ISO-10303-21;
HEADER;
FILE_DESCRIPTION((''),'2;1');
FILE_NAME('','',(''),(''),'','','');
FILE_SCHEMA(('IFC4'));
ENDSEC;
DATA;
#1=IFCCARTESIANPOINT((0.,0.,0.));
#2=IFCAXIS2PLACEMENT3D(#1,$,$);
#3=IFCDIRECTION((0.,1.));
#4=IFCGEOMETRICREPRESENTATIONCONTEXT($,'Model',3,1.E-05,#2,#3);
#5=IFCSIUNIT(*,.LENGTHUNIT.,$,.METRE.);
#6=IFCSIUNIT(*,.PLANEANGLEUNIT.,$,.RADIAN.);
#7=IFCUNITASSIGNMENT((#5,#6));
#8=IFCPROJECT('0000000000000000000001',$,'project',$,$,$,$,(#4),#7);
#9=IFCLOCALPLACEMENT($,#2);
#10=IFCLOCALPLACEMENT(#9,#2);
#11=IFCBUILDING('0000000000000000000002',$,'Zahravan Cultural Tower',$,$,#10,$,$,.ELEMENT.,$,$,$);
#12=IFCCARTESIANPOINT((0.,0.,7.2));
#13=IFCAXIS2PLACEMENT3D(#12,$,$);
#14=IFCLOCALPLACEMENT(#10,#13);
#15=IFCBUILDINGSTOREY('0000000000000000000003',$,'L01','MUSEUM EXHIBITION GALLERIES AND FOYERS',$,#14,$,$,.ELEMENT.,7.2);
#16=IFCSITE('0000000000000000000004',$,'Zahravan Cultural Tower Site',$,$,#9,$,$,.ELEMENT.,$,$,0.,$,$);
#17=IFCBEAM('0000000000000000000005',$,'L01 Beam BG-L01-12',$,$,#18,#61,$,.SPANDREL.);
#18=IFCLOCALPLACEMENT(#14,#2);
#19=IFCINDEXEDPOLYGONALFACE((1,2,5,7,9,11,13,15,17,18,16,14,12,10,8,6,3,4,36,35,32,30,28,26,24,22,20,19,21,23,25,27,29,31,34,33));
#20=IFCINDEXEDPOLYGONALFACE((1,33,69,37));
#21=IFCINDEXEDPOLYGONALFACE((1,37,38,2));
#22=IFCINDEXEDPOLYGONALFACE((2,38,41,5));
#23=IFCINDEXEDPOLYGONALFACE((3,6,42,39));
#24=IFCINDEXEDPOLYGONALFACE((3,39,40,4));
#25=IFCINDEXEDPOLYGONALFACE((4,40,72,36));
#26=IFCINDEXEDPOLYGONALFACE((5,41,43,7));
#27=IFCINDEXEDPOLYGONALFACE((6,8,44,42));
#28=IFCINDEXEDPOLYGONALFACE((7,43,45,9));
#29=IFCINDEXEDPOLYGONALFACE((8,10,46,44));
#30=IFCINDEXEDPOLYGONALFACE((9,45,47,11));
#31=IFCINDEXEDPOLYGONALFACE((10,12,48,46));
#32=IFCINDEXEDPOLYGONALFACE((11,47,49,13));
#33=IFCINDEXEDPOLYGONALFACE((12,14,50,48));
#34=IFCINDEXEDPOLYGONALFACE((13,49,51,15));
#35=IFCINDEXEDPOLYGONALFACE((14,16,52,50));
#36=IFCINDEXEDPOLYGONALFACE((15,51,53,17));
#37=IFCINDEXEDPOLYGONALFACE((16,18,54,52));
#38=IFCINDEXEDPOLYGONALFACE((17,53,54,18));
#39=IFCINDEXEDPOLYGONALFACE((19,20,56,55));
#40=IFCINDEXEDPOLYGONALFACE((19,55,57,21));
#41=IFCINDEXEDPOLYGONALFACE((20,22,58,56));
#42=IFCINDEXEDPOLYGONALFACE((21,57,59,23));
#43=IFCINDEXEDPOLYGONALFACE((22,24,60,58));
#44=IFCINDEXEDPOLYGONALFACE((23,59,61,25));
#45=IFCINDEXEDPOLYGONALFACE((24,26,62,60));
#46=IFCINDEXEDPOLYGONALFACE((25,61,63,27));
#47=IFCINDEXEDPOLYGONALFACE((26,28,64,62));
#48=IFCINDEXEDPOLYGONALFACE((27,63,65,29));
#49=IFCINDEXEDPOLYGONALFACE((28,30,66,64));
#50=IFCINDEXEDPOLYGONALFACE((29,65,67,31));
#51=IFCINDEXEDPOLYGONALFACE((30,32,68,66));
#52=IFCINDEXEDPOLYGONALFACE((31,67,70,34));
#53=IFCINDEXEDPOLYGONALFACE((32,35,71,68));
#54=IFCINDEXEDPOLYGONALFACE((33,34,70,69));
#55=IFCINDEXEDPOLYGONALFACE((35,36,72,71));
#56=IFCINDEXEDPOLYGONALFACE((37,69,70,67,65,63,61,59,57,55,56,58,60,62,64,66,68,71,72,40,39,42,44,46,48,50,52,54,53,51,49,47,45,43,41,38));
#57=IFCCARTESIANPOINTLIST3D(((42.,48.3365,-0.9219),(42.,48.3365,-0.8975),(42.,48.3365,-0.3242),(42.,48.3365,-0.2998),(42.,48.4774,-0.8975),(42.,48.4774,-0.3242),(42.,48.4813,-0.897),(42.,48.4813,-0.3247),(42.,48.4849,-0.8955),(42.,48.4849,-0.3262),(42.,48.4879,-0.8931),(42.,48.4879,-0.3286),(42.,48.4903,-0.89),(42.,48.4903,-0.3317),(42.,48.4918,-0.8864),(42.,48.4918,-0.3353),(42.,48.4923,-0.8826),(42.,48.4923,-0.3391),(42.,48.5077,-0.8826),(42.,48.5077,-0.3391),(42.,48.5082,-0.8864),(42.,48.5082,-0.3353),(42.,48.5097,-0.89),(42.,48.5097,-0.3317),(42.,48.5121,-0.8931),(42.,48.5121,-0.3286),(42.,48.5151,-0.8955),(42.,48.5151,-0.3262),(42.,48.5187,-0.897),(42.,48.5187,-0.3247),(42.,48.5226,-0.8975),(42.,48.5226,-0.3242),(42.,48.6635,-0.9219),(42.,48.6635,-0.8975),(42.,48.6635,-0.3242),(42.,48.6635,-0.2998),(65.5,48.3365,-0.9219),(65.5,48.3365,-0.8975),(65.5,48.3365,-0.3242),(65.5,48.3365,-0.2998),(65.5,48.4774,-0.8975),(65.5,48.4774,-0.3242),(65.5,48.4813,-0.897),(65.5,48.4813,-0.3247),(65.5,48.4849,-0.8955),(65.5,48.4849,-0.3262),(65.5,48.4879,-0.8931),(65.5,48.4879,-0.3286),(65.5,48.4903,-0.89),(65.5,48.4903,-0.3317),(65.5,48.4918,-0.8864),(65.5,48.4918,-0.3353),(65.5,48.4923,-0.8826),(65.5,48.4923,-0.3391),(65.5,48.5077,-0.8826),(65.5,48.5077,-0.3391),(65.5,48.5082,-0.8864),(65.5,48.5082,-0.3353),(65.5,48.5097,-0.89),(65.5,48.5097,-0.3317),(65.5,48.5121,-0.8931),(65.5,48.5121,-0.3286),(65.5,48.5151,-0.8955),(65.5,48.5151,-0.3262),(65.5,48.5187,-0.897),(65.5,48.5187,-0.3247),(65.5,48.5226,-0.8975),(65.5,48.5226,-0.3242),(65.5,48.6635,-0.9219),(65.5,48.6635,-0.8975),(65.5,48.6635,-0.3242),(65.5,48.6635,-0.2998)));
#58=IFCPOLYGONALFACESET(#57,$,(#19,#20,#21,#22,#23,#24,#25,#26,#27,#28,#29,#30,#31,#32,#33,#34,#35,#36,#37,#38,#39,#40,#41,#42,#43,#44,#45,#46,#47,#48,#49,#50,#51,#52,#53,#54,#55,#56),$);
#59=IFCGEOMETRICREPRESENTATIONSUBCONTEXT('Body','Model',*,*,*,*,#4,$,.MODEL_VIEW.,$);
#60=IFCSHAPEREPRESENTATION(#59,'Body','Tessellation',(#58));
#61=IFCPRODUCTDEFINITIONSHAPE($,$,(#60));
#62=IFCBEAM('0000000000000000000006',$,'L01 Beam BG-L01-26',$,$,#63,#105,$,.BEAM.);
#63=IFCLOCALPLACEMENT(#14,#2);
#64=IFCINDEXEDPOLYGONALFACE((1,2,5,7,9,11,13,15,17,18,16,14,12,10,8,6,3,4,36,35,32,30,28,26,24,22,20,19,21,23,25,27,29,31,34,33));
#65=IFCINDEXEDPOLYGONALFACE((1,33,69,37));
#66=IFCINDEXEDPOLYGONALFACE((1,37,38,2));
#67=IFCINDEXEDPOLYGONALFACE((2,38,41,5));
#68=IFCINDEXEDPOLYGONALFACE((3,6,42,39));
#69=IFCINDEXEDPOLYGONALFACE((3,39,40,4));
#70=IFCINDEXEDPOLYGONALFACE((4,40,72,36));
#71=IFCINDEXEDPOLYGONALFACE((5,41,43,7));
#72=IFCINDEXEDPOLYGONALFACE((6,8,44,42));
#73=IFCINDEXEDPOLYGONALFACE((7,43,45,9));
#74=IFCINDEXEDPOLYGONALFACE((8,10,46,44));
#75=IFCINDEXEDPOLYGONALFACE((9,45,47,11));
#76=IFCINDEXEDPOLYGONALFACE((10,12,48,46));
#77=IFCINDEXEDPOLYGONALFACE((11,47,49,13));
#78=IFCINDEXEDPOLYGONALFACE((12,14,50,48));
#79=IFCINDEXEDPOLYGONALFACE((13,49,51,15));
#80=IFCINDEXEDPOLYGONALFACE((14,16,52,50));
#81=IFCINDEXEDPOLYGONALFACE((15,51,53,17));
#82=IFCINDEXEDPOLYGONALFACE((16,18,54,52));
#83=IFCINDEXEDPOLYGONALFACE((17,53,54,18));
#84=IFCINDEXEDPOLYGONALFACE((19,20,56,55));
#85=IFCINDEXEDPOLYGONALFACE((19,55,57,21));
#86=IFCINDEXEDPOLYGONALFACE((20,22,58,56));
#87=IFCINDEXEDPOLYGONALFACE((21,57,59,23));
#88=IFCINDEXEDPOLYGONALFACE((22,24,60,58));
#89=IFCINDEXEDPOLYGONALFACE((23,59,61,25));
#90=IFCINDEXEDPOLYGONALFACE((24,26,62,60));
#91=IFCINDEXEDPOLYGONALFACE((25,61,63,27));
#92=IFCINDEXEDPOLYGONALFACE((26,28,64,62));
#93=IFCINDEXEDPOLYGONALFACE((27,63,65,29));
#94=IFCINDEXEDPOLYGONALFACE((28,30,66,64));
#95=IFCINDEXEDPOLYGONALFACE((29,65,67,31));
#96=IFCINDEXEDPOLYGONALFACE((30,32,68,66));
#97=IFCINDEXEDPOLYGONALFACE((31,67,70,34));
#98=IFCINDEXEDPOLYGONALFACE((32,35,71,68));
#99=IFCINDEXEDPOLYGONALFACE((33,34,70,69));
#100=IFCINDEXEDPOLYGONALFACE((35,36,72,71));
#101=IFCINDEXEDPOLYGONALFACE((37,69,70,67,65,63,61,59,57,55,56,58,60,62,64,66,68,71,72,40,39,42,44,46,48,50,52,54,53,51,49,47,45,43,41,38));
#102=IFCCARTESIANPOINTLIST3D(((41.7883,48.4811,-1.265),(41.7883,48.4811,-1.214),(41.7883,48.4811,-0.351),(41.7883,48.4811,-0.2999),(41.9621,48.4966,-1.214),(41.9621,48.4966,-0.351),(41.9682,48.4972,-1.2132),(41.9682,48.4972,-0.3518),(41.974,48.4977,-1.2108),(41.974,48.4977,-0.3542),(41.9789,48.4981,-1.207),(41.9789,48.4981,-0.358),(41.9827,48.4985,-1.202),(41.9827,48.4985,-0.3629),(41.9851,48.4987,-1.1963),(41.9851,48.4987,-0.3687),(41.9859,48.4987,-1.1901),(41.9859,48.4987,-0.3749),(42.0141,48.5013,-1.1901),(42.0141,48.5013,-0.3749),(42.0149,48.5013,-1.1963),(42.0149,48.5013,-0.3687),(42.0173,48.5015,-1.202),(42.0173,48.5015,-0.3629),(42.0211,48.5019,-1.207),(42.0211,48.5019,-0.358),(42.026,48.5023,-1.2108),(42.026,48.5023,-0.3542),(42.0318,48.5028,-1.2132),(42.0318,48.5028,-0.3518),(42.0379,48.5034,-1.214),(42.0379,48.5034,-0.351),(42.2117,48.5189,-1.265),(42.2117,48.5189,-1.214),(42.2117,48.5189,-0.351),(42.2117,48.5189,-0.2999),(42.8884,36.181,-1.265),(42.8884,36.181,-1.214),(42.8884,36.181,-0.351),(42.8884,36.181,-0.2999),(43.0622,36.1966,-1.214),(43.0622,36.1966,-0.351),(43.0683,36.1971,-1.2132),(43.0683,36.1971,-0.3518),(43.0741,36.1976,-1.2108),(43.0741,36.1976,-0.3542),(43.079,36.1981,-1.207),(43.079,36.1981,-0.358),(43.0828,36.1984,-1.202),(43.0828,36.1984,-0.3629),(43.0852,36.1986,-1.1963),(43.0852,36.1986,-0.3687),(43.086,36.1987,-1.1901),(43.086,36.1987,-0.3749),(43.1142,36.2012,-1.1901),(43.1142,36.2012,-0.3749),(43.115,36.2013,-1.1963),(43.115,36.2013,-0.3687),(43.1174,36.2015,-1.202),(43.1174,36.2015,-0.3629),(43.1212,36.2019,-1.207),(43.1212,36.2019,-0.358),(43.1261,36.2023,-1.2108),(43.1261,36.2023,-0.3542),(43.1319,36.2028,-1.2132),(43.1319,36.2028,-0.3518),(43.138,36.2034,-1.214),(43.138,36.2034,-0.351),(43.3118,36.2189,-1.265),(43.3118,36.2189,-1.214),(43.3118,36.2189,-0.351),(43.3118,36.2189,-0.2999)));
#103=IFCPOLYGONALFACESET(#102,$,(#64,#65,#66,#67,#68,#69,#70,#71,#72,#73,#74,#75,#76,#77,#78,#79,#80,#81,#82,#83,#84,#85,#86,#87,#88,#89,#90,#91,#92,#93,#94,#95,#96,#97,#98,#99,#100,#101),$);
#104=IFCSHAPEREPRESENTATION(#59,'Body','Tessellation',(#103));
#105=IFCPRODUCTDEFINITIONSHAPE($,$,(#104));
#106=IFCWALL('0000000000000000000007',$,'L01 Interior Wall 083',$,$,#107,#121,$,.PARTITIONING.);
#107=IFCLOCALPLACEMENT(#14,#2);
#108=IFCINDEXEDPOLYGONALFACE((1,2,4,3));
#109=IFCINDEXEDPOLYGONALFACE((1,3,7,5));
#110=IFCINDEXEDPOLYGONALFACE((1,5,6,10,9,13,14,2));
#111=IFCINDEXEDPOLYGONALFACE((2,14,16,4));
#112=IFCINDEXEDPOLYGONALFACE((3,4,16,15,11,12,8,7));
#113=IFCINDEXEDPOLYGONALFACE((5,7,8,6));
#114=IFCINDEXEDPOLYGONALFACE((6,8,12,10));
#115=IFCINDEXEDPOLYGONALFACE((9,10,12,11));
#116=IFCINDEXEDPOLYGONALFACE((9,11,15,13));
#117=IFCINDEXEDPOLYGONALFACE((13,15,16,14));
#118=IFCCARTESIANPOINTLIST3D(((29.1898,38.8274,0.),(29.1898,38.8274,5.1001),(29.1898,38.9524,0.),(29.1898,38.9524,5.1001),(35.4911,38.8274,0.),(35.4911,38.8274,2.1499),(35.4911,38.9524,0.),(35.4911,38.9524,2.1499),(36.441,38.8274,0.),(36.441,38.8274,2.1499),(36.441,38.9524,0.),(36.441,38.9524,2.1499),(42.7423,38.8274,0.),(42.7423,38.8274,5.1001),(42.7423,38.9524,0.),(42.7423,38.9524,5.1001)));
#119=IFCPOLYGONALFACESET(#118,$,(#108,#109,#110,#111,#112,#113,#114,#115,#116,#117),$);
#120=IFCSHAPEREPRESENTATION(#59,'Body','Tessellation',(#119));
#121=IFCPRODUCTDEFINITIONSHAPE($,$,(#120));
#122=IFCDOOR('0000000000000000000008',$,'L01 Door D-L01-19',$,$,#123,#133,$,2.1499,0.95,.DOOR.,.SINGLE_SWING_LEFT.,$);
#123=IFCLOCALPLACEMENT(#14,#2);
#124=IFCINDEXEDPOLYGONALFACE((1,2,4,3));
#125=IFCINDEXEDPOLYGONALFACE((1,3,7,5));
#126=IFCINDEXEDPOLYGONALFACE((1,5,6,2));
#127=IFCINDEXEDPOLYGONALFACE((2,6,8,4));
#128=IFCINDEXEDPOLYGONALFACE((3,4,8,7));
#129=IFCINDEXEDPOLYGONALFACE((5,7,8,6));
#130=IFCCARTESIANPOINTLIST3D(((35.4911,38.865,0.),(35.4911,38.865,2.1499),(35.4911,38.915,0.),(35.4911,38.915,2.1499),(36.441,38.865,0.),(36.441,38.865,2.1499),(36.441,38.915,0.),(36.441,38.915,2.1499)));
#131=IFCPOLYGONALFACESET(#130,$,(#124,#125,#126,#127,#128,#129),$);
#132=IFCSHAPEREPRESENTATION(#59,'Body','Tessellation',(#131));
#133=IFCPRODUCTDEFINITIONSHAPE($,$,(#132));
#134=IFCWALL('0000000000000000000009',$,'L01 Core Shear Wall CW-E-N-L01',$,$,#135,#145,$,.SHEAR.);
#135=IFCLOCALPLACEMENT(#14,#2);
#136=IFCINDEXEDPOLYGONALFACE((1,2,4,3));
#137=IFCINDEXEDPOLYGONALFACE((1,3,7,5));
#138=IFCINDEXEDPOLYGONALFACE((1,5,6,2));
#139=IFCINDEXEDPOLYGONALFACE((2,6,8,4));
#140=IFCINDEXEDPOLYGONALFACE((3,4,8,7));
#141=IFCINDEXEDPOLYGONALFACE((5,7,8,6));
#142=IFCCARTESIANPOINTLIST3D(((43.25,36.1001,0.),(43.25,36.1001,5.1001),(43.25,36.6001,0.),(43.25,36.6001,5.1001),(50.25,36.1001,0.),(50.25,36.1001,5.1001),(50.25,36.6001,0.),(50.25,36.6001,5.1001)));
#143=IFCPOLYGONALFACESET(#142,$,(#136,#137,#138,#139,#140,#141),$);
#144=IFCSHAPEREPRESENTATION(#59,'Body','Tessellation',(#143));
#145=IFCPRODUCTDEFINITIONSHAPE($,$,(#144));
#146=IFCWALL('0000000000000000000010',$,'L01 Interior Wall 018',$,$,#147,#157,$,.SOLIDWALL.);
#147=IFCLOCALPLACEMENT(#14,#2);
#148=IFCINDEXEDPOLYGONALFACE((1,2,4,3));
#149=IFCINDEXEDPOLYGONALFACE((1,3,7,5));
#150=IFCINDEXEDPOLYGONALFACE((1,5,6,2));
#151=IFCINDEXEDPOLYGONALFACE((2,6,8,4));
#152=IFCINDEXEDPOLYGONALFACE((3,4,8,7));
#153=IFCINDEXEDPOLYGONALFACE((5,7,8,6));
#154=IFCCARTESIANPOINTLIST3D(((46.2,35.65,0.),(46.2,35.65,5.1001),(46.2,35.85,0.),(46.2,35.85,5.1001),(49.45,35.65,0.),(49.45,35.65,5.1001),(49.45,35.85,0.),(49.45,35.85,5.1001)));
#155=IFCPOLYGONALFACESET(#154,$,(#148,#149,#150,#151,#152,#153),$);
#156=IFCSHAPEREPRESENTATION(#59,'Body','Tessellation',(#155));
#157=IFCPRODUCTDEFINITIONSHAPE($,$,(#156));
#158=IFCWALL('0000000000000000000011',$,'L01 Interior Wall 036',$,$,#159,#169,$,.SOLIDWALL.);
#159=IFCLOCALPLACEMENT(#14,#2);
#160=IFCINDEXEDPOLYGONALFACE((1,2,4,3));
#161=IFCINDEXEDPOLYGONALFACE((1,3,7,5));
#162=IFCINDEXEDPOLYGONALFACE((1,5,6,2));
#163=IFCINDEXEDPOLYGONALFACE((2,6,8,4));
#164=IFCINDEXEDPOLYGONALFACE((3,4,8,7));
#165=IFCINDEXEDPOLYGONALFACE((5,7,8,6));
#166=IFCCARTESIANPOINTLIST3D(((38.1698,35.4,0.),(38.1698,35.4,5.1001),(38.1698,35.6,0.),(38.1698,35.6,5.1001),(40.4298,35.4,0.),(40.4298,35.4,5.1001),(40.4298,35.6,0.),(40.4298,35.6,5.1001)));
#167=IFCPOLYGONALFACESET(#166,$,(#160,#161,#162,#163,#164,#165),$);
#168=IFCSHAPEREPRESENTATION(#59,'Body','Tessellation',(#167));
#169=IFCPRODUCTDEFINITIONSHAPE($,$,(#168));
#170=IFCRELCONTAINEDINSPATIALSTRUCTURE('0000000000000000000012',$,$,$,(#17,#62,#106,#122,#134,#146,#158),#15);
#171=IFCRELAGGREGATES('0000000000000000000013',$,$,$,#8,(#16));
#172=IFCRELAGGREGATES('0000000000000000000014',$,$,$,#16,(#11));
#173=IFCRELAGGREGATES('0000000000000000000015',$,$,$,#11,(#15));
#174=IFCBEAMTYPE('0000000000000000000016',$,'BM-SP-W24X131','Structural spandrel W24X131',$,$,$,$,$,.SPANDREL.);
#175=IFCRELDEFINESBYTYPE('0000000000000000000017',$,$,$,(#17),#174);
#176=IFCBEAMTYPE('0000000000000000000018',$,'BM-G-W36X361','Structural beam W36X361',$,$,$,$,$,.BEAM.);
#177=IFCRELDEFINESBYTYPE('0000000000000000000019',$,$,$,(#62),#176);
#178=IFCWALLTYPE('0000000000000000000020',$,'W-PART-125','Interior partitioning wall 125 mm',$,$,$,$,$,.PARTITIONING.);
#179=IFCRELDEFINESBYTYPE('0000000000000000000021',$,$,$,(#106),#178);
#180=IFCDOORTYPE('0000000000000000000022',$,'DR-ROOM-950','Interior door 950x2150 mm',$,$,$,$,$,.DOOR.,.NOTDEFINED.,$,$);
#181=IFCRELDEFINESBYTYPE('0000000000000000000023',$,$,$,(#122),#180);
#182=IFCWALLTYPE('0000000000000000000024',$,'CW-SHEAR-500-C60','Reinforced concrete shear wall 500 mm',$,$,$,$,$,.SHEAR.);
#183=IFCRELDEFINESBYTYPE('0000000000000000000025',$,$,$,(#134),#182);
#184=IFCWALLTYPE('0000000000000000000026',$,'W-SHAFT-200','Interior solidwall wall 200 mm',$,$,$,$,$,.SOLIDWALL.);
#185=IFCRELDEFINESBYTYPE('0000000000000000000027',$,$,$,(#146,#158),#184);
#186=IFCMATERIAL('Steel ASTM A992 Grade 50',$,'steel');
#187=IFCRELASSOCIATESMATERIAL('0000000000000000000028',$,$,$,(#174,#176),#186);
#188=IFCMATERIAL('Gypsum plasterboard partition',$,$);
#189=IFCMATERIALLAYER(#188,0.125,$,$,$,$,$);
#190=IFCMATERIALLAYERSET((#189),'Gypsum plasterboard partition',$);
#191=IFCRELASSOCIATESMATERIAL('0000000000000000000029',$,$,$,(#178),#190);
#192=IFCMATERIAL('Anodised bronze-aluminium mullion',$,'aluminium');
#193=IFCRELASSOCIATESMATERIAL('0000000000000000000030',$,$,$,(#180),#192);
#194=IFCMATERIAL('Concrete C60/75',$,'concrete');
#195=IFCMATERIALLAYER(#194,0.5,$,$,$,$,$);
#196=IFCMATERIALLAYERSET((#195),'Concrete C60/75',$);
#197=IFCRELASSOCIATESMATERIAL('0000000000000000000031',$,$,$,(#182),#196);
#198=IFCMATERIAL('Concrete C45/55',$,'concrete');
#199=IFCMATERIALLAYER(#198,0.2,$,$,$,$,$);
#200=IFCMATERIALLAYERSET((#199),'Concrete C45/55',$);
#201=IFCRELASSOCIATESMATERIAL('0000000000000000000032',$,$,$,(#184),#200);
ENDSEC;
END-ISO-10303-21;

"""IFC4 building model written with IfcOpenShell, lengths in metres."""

from ifc_helpers import new_model, si_unit, direction, frame, frame_2d, origin, origin_2d, place, context, subcontext, project, spatial, rectangle, i_section, extrude, source, transform, mapped, material, layer, layer_set, material_profile, profile_set, type_object, element, fill, save


model = new_model("IFC4")

# Units and contexts
model_context = context("Model", 3, precision=1e-05, world=origin(), true_north=direction((0.0, 1.0)))
body_context = subcontext(model_context, "Body", "Model", "MODEL_VIEW")
ifc_project = project(units=[si_unit("LENGTHUNIT", "METRE"), si_unit("PLANEANGLEUNIT", "RADIAN")], contexts=[model_context])

# Site, building, storey
site_placement = place(None, origin())
site = spatial("IfcSite", under=ifc_project, at=site_placement, Name="Zahravan Cultural Tower Site", CompositionType="ELEMENT", RefElevation=0.0)
building_placement = place(site_placement, origin())
building = spatial("IfcBuilding", under=site, at=building_placement, Name="Zahravan Cultural Tower", CompositionType="ELEMENT")
storey_placement = place(building_placement, frame((0.0, 0.0, 7.2)))
storey = spatial("IfcBuildingStorey", under=building, at=storey_placement, Name="L01", Description="MUSEUM EXHIBITION GALLERIES AND FOYERS", CompositionType="ELEMENT", Elevation=7.2)

# Shared definitions
ifc_material_1 = material(Name="Concrete C60/75", Category="concrete")

# Beams
ifc_material_2 = material(Name="Steel ASTM A992 Grade 50", Category="steel")
ifc_material_profile_1 = material_profile(ifc_material_2, i_section(OverallWidth=0.3269, OverallDepth=0.6221, WebThickness=0.0154, FlangeThickness=0.0244, FilletRadius=0.0149, at=origin_2d()), Name="W24X131")
ifc_profile_set_1 = profile_set([ifc_material_profile_1], Name="Steel ASTM A992 Grade 50")
beam_type_1 = type_object("IfcBeamType", Name="BM-SP-W24X131", Description="Structural spandrel W24X131", PredefinedType="SPANDREL", material=ifc_profile_set_1)
shared_shape_1 = source(origin(), body_context, "Body", "SweptSolid", [
    extrude(i_section(OverallWidth=0.3269, OverallDepth=0.6221, WebThickness=0.0154, FlangeThickness=0.0244, FilletRadius=0.0149, at=origin_2d()), origin(), (0.0, 0.0, 1.0), 23.5),
])
beam_1_placement = place(storey_placement, frame((42.0, 48.5, -0.6108), z_axis=(1.0, 0.0, 0.0), x_axis=(0.0, 1.0, 0.0)))
element("IfcBeam", 1, at=beam_1_placement, inside=storey, type_object=beam_type_1, Name="L01 Beam BG-L01-12", PredefinedType="SPANDREL", context=body_context, shape_type="MappedRepresentation", body=[
    mapped(shared_shape_1, transform((0.0, 0.0, 0.0), x_axis=(1.0, 0.0, 0.0), y_axis=(0.0, 1.0, 0.0), z_axis=(0.0, 0.0, 1.0), scale=1.0)),
])
ifc_material_profile_2 = material_profile(ifc_material_2, i_section(OverallWidth=0.425, OverallDepth=0.9651, WebThickness=0.0283, FlangeThickness=0.051, FilletRadius=0.0239, at=origin_2d()), Name="W36X361")
ifc_profile_set_2 = profile_set([ifc_material_profile_2], Name="Steel ASTM A992 Grade 50")
beam_type_2 = type_object("IfcBeamType", Name="BM-G-W36X361", Description="Structural beam W36X361", PredefinedType="BEAM", material=ifc_profile_set_2)
shared_shape_2 = source(origin(), body_context, "Body", "SweptSolid", [
    extrude(i_section(OverallWidth=0.425, OverallDepth=0.9651, WebThickness=0.0283, FlangeThickness=0.051, FilletRadius=0.0239, at=origin_2d()), origin(), (0.0, 0.0, 1.0), 12.3491),
])
beam_2_placement = place(storey_placement, frame((42.0, 48.5, -0.7825), z_axis=(0.089083, -0.996024, 0.0), x_axis=(0.996024, 0.089083, 0.0)))
element("IfcBeam", 2, at=beam_2_placement, inside=storey, type_object=beam_type_2, Name="L01 Beam BG-L01-26", PredefinedType="BEAM", context=body_context, shape_type="MappedRepresentation", body=[
    mapped(shared_shape_2, transform((0.0, 0.0, 0.0), x_axis=(1.0, 0.0, 0.0), y_axis=(0.0, 1.0, 0.0), z_axis=(0.0, 0.0, 1.0), scale=1.0)),
])

# Wall, opening, door
ifc_material_3 = material(Name="Gypsum plasterboard partition")
ifc_layer_1 = layer(ifc_material_3, 0.125)
ifc_layer_set_1 = layer_set([ifc_layer_1], Name="Gypsum plasterboard partition")
wall_type_1 = type_object("IfcWallType", Name="W-PART-125", Description="Interior partitioning wall 125 mm", PredefinedType="PARTITIONING", material=ifc_layer_set_1)
wall_1_placement = place(storey_placement, frame((42.7424, 38.8899, 0.0), z_axis=(0.0, 0.0, 1.0), x_axis=(-1.0, 0.0, 0.0)))
wall_1 = element("IfcWall", 3, at=wall_1_placement, inside=storey, type_object=wall_type_1, Name="L01 Interior Wall 083", PredefinedType="PARTITIONING", context=body_context, shape_type="SweptSolid", body=[
    extrude(rectangle(XDim=13.5525, YDim=0.125, at=frame_2d((6.7764, 0.0))), origin(), (0.0, 0.0, 1.0), 5.1001),
])
opening_placement = place(wall_1_placement, frame((6.3013, 0.0, 0.0)))
opening = element("IfcOpeningElement", 4, at=opening_placement, cuts=wall_1, PredefinedType="OPENING", context=body_context, shape_type="SweptSolid", body=[
    extrude(rectangle(XDim=0.95, YDim=2.1499, at=frame_2d((0.4751, 1.075))), frame((0.0, 0.0725, 0.0), z_axis=(0.0, -1.0, 0.0), x_axis=(1.0, 0.0, 0.0)), (0.0, 0.0, 1.0), 0.145),
])
ifc_material_4 = material(Name="Anodised bronze-aluminium mullion", Category="aluminium")
door_type = type_object("IfcDoorType", Name="DR-ROOM-950", Description="Interior door 950x2150 mm", OperationType="NOTDEFINED", PredefinedType="DOOR", material=ifc_material_4)
shared_shape_3 = source(origin(), body_context, "Body", "SweptSolid", [
    extrude(rectangle(XDim=0.95, YDim=2.1499, at=frame_2d((0.4751, 1.075))), frame((0.0, 0.0249, 0.0), z_axis=(0.0, -1.0, 0.0), x_axis=(1.0, 0.0, 0.0)), (0.0, 0.0, 1.0), 0.05),
])
door_placement = place(opening_placement, origin())
door = element("IfcDoor", 5, at=door_placement, inside=storey, type_object=door_type, Name="L01 Door D-L01-19", OperationType="SINGLE_SWING_LEFT", OverallHeight=2.1499, OverallWidth=0.95, PredefinedType="DOOR", context=body_context, shape_type="MappedRepresentation", body=[
    mapped(shared_shape_3, transform((0.0, 0.0, 0.0), x_axis=(1.0, 0.0, 0.0), y_axis=(0.0, 1.0, 0.0), z_axis=(0.0, 0.0, 1.0), scale=1.0)),
])
fill(opening, door)

# Walls
ifc_layer_2 = layer(ifc_material_1, 0.5)
ifc_layer_set_2 = layer_set([ifc_layer_2], Name="Concrete C60/75")
wall_type_2 = type_object("IfcWallType", Name="CW-SHEAR-500-C60", Description="Reinforced concrete shear wall 500 mm", PredefinedType="SHEAR", material=ifc_layer_set_2)
shared_shape_4 = source(origin(), body_context, "Body", "SweptSolid", [
    extrude(rectangle(XDim=7.0, YDim=0.5, at=frame_2d((3.5, 0.0))), origin(), (0.0, 0.0, 1.0), 5.1001),
])
wall_2_placement = place(storey_placement, frame((43.25, 36.3501, 0.0), z_axis=(0.0, 0.0, 1.0), x_axis=(1.0, 0.0, 0.0)))
element("IfcWall", 6, at=wall_2_placement, inside=storey, type_object=wall_type_2, Name="L01 Core Shear Wall CW-E-N-L01", PredefinedType="SHEAR", context=body_context, shape_type="MappedRepresentation", body=[
    mapped(shared_shape_4, transform((0.0, 0.0, 0.0), x_axis=(1.0, 0.0, 0.0), y_axis=(0.0, 1.0, 0.0), z_axis=(0.0, 0.0, 1.0), scale=1.0)),
])
ifc_material_5 = material(Name="Concrete C45/55", Category="concrete")
ifc_layer_3 = layer(ifc_material_5, 0.2)
ifc_layer_set_3 = layer_set([ifc_layer_3], Name="Concrete C45/55")
wall_type_3 = type_object("IfcWallType", Name="W-SHAFT-200", Description="Interior solidwall wall 200 mm", PredefinedType="SOLIDWALL", material=ifc_layer_set_3)
shared_shape_5 = source(origin(), body_context, "Body", "SweptSolid", [
    extrude(rectangle(XDim=3.25, YDim=0.2, at=frame_2d((1.625, 0.0))), origin(), (0.0, 0.0, 1.0), 5.1001),
])
wall_3_placement = place(storey_placement, frame((46.2, 35.75, 0.0), z_axis=(0.0, 0.0, 1.0), x_axis=(1.0, 0.0, 0.0)))
element("IfcWall", 7, at=wall_3_placement, inside=storey, type_object=wall_type_3, Name="L01 Interior Wall 018", PredefinedType="SOLIDWALL", context=body_context, shape_type="MappedRepresentation", body=[
    mapped(shared_shape_5, transform((0.0, 0.0, 0.0), x_axis=(1.0, 0.0, 0.0), y_axis=(0.0, 1.0, 0.0), z_axis=(0.0, 0.0, 1.0), scale=1.0)),
])
shared_shape_6 = source(origin(), body_context, "Body", "SweptSolid", [
    extrude(rectangle(XDim=2.26, YDim=0.2, at=frame_2d((1.1299, 0.0))), origin(), (0.0, 0.0, 1.0), 5.1001),
])
wall_4_placement = place(storey_placement, frame((38.1699, 35.5, 0.0), z_axis=(0.0, 0.0, 1.0), x_axis=(1.0, 0.0, 0.0)))
element("IfcWall", 8, at=wall_4_placement, inside=storey, type_object=wall_type_3, Name="L01 Interior Wall 036", PredefinedType="SOLIDWALL", context=body_context, shape_type="MappedRepresentation", body=[
    mapped(shared_shape_6, transform((0.0, 0.0, 0.0), x_axis=(1.0, 0.0, 0.0), y_axis=(0.0, 1.0, 0.0), z_axis=(0.0, 0.0, 1.0), scale=1.0)),
])

save(model, "model.ifc")
